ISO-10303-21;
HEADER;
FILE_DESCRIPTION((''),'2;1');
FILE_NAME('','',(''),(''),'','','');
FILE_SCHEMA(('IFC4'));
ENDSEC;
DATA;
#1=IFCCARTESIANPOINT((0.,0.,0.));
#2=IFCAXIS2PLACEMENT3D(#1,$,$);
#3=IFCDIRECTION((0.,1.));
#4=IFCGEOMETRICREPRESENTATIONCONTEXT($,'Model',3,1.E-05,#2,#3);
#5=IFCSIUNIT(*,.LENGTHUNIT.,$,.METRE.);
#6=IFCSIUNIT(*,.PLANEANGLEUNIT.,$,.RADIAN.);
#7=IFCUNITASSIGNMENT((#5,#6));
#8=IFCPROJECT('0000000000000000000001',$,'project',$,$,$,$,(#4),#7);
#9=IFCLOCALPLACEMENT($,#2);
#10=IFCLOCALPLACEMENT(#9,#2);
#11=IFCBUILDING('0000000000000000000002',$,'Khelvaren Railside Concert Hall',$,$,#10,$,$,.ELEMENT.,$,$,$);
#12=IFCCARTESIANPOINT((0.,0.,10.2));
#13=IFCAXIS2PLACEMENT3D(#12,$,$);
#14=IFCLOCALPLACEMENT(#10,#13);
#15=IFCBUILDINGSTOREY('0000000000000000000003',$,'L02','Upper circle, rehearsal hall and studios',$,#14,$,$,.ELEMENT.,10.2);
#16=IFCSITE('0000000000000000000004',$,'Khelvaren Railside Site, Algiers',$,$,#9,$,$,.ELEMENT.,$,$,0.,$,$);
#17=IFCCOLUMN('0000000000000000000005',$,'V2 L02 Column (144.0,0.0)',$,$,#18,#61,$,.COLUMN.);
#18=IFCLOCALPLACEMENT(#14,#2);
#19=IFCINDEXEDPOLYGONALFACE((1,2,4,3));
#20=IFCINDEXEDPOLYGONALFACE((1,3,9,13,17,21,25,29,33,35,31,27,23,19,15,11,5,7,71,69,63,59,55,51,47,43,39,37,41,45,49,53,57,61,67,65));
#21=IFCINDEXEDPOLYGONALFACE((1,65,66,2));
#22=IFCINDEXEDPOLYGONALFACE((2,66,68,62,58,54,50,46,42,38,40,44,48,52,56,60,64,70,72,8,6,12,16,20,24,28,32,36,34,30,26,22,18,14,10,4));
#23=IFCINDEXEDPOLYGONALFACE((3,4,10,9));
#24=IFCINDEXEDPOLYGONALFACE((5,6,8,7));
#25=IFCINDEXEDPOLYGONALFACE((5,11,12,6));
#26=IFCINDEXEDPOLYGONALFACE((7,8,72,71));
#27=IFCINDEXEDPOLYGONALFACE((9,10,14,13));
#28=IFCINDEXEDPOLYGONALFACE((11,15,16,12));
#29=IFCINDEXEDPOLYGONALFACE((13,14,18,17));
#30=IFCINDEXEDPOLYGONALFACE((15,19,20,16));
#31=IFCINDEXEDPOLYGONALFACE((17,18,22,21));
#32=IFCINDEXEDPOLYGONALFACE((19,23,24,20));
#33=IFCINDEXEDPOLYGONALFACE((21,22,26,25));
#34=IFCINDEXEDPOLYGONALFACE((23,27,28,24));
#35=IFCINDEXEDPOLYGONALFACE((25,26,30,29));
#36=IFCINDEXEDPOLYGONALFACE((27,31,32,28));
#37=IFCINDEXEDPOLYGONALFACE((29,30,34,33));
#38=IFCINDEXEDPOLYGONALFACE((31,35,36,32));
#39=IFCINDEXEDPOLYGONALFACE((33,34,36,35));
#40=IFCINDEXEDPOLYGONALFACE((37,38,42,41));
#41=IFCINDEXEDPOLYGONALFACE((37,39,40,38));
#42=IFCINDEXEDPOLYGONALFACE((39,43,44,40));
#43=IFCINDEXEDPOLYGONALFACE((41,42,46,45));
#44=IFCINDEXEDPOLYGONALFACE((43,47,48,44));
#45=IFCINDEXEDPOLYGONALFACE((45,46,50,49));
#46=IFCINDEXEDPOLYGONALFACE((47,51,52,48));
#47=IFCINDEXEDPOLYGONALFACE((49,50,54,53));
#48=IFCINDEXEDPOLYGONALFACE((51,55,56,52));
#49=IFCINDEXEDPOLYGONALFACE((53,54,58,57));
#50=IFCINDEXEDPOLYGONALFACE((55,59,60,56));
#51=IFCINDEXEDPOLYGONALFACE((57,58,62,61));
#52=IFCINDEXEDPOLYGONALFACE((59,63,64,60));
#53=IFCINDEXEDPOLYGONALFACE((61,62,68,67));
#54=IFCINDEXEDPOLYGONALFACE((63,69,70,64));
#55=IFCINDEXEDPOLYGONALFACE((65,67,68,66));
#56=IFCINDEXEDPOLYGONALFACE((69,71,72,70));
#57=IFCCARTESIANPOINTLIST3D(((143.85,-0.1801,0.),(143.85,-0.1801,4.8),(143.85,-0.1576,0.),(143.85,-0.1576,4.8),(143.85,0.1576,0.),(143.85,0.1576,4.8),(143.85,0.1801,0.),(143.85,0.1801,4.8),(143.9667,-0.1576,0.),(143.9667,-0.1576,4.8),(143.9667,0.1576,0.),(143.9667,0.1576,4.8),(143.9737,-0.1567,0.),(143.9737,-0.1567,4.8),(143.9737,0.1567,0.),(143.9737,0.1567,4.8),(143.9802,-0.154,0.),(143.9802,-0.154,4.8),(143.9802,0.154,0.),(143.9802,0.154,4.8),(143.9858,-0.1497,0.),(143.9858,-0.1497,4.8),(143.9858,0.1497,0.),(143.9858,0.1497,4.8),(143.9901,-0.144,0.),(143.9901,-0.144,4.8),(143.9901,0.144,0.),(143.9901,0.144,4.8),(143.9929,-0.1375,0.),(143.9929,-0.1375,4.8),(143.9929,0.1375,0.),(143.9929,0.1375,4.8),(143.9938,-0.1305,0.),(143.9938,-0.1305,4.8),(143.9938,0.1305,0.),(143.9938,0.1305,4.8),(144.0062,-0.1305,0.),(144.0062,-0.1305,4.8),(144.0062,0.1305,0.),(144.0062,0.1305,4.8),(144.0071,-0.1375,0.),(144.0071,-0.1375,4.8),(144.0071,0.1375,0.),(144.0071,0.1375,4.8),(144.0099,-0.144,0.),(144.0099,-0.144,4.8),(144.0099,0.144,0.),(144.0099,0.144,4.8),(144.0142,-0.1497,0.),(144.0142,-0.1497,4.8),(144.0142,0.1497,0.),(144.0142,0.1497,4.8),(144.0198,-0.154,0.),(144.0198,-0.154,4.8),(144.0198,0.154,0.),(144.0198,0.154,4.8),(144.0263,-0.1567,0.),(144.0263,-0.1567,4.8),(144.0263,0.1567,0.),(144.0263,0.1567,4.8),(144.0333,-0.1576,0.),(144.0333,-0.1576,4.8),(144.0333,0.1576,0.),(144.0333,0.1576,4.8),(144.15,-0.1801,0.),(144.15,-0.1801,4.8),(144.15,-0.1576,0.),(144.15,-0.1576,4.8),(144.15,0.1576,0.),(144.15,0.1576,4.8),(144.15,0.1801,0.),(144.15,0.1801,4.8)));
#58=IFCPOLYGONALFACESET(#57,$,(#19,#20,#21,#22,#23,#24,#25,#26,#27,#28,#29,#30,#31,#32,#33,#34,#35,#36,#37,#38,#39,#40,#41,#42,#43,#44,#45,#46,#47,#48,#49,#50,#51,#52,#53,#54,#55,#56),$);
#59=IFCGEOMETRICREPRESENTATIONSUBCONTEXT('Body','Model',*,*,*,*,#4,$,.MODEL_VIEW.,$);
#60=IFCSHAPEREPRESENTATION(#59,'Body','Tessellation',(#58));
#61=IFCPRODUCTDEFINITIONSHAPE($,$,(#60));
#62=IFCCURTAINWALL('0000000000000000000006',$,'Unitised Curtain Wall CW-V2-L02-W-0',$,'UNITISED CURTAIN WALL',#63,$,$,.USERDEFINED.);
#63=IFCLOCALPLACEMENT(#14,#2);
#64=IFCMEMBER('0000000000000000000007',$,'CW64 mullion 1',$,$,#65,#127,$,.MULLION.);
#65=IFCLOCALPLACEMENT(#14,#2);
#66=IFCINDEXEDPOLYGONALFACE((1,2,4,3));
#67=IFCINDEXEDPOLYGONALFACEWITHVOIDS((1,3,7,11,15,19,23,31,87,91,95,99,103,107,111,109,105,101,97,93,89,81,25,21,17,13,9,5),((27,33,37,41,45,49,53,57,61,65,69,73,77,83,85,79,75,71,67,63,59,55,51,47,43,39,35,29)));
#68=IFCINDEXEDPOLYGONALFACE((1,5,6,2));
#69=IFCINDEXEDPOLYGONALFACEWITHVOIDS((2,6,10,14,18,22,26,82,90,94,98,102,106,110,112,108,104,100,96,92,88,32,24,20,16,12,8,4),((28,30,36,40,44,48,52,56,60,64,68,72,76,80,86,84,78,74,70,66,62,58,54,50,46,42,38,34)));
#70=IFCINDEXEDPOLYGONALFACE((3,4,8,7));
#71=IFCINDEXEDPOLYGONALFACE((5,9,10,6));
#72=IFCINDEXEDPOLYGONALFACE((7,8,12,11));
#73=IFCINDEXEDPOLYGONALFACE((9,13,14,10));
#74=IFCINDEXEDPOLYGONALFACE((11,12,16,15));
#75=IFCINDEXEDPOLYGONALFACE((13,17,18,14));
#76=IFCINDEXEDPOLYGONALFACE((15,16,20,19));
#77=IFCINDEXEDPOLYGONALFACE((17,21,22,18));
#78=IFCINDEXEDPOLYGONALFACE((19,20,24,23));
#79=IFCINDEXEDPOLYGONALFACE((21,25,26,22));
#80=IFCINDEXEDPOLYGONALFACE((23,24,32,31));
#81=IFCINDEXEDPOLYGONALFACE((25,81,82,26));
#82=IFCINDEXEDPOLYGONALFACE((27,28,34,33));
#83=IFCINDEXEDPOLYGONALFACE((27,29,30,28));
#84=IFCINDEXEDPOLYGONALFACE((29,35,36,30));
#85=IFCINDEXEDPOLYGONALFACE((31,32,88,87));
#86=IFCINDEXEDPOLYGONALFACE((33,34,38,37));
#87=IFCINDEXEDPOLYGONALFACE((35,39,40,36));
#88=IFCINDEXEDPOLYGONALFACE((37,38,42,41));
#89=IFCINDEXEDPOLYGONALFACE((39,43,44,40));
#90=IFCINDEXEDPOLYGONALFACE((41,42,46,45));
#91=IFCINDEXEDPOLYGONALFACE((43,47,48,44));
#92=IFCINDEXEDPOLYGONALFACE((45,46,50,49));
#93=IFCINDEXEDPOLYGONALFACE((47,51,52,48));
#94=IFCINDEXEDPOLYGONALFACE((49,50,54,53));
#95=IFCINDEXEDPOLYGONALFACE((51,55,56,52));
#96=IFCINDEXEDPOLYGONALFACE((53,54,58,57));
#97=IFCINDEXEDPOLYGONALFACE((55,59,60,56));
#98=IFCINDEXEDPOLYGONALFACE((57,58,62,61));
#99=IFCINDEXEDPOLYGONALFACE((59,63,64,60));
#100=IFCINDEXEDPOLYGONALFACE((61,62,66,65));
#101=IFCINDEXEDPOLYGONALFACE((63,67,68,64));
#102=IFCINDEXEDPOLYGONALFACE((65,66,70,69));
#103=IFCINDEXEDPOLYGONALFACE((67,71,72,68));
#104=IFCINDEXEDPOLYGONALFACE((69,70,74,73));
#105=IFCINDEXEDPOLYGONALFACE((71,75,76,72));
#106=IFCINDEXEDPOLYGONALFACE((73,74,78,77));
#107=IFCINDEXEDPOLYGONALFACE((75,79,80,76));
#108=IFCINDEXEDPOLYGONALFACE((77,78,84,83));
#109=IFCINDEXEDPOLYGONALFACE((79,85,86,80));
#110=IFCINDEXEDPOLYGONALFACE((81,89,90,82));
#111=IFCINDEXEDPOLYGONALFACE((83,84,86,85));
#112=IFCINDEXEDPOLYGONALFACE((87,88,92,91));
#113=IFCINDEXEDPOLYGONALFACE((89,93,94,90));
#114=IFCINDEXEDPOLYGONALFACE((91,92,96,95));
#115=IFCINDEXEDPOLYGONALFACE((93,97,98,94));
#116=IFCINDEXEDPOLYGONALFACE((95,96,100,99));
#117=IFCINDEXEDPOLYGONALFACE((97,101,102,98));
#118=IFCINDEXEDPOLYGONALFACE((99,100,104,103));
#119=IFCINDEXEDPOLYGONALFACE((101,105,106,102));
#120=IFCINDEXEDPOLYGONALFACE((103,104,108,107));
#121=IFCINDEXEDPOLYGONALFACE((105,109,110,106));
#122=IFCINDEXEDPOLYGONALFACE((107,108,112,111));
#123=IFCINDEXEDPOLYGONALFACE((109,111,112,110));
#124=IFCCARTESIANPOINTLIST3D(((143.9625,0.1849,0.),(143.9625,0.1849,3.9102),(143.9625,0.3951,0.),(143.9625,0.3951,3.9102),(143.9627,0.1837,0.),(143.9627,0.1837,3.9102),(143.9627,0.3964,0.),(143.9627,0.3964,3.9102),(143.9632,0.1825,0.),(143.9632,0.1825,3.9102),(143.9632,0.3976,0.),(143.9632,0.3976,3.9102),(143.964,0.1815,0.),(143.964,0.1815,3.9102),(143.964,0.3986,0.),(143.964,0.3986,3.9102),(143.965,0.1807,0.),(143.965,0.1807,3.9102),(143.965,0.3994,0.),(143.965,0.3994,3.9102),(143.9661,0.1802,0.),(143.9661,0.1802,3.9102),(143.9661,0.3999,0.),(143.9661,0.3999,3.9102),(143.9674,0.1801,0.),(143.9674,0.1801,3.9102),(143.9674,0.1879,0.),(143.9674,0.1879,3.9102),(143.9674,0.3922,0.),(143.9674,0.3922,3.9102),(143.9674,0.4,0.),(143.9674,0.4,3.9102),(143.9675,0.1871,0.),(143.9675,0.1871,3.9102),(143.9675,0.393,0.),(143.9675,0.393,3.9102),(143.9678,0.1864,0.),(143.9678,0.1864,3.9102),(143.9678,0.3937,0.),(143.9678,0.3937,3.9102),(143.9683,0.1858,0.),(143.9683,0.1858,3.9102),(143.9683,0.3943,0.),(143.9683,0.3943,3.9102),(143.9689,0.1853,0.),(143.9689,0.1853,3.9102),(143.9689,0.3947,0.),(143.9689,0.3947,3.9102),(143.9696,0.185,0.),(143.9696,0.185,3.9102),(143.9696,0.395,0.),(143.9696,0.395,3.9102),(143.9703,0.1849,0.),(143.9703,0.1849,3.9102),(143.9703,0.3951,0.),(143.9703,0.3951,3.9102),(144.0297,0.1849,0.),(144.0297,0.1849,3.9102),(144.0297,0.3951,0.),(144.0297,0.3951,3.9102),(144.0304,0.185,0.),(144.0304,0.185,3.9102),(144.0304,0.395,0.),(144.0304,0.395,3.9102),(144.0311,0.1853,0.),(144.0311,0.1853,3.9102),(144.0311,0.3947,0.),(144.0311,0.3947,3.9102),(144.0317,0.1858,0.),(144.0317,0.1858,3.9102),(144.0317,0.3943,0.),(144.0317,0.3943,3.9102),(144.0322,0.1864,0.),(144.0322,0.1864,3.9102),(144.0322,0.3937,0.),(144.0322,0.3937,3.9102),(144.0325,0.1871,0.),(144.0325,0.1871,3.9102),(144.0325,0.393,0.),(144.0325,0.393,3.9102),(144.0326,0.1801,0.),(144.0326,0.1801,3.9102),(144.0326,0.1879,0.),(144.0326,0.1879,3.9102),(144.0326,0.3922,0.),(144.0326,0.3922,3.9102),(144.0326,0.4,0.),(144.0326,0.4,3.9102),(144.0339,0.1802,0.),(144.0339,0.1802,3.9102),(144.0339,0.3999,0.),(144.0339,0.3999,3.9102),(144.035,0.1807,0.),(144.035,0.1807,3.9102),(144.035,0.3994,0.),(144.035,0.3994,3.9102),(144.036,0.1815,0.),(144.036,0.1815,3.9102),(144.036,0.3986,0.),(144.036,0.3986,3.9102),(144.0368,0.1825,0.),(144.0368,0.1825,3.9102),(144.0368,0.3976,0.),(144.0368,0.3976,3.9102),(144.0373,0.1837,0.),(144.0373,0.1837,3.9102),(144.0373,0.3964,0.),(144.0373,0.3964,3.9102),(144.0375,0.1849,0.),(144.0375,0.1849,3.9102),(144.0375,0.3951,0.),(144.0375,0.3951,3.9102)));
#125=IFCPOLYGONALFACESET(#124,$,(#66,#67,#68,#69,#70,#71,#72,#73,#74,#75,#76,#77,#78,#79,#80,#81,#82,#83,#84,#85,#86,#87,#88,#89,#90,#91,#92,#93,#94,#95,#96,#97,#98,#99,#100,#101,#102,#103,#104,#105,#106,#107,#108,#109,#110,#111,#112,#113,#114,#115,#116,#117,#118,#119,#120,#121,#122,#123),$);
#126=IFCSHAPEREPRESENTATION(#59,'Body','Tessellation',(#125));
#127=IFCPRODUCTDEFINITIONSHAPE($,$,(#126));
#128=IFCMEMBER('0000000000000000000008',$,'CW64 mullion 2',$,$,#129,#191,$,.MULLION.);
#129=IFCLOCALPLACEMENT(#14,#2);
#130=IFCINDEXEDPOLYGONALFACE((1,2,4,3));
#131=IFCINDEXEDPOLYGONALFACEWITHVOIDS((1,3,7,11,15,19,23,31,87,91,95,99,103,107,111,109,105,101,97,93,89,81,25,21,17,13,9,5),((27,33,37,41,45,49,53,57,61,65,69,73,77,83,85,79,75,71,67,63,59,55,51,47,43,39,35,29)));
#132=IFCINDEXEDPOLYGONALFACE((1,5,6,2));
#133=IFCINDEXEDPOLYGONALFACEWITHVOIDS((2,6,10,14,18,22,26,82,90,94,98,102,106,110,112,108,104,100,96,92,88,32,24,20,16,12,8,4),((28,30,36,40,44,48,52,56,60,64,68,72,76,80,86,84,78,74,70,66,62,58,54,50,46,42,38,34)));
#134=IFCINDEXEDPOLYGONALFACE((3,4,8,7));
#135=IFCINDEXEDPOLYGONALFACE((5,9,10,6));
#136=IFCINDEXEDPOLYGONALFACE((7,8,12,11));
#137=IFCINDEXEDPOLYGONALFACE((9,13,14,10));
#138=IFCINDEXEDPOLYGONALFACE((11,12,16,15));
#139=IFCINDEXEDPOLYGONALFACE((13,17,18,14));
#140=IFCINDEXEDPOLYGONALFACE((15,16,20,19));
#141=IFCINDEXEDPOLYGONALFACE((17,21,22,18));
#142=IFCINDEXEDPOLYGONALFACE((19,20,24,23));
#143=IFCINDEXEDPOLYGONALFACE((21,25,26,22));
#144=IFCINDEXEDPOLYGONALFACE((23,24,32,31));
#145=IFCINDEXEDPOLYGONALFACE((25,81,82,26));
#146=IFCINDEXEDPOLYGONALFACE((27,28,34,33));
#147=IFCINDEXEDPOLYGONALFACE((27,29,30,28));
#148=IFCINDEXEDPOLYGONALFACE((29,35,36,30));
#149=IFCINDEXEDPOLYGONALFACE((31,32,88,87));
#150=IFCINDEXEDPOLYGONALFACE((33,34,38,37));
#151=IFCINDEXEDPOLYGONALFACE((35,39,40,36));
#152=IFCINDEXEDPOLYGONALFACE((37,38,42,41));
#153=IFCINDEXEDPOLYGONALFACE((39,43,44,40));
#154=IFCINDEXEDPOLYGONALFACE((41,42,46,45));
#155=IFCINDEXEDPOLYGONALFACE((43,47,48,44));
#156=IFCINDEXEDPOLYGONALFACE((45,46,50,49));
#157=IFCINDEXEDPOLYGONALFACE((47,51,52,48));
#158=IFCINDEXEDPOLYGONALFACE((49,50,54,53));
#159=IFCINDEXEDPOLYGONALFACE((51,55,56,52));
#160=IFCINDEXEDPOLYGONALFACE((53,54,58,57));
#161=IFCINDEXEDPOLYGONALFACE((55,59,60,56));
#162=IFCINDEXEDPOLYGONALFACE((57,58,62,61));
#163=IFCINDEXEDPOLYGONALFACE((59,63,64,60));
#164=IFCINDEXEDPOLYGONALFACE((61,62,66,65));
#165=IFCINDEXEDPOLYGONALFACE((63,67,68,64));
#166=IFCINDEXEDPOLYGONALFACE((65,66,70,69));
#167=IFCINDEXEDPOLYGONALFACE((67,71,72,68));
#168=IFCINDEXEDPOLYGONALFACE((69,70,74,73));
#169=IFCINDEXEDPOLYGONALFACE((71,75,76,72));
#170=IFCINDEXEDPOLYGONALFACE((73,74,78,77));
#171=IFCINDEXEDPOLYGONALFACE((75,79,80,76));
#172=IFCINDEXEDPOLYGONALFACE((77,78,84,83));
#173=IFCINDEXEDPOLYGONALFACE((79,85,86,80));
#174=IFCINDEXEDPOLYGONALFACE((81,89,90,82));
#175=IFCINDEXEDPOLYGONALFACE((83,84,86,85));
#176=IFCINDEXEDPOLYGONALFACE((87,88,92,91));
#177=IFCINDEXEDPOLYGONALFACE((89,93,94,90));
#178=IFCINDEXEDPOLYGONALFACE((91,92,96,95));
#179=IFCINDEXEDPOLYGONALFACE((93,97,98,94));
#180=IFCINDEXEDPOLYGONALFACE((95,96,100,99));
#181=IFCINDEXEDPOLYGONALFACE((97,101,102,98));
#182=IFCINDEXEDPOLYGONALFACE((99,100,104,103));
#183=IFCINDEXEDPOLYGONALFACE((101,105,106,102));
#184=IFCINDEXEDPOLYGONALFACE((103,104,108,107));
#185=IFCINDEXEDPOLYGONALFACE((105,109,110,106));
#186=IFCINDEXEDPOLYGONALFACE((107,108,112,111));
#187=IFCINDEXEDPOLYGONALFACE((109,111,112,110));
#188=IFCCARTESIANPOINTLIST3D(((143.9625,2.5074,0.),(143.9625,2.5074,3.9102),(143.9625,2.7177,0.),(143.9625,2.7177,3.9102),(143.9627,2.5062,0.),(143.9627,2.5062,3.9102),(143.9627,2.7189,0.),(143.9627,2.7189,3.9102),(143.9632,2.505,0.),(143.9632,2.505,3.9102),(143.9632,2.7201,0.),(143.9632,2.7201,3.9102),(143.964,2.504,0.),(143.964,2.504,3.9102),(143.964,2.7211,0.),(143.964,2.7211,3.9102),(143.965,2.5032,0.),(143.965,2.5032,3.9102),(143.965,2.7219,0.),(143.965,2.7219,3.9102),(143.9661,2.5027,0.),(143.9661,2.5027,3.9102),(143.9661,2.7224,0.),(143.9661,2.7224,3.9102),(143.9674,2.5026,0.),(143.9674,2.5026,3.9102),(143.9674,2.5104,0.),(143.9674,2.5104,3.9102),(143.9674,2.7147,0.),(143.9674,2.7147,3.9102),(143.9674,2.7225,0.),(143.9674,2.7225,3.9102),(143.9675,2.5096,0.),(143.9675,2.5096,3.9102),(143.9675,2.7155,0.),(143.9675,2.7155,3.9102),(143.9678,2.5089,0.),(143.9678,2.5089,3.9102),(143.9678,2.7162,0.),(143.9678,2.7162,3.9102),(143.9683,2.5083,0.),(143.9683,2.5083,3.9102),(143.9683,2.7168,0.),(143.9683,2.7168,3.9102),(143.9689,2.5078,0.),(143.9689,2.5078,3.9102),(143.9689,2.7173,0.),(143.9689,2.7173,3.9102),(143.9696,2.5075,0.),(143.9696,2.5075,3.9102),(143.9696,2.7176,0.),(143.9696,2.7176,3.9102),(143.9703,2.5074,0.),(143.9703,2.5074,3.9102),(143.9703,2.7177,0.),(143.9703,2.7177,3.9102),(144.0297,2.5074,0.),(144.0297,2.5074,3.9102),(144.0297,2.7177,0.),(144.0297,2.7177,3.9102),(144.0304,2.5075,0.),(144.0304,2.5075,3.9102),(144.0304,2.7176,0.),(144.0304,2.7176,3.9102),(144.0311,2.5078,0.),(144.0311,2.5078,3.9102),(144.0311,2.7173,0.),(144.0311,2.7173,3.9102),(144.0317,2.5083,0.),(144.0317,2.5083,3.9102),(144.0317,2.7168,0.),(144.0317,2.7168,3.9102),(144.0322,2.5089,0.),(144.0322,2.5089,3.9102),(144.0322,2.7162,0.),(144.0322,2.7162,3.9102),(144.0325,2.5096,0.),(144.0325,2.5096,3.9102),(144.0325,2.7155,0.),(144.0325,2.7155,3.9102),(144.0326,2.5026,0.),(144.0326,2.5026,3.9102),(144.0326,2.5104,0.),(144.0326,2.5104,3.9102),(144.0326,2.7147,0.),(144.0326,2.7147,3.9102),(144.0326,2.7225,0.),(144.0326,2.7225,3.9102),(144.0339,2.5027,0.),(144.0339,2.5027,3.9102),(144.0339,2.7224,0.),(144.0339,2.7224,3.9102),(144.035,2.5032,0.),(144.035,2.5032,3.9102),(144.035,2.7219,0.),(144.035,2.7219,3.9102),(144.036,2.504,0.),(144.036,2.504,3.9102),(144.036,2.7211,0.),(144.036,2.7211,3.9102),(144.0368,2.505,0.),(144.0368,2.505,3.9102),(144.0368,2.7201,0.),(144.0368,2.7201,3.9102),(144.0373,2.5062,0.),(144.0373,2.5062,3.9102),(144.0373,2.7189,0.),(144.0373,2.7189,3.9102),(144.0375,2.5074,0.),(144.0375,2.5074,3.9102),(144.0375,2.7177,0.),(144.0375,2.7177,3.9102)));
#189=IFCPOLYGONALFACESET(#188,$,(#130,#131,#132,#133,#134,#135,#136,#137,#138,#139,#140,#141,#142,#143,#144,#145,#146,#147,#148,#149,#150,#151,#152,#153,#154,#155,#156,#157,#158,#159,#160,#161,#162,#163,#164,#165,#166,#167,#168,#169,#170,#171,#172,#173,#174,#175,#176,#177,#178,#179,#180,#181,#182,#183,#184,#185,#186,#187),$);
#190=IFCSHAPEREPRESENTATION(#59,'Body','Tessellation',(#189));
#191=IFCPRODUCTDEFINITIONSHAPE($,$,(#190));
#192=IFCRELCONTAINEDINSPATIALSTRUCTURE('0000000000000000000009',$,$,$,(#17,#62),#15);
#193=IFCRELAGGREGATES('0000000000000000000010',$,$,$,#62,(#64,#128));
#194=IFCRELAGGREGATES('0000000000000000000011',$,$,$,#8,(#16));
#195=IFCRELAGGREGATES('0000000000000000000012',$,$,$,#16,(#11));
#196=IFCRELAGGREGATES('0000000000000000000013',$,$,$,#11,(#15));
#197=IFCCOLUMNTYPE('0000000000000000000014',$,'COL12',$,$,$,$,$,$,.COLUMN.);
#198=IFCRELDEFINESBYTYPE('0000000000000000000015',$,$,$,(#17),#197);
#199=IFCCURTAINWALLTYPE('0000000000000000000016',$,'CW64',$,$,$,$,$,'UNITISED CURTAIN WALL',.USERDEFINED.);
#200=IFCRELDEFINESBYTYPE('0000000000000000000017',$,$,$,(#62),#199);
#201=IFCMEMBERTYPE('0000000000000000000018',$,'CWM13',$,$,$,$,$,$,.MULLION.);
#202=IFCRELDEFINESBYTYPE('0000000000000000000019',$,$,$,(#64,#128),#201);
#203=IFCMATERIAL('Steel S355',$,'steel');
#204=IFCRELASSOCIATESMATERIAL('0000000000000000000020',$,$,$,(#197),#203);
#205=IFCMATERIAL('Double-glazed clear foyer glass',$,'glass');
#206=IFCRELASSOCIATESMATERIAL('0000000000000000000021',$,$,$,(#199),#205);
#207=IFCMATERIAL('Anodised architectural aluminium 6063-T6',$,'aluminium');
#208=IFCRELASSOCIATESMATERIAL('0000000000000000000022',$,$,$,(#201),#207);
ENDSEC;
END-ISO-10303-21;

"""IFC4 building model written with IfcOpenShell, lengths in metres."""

from ifc_helpers import new_model, si_unit, direction, frame, origin, origin_2d, place, context, subcontext, project, spatial, hollow_rectangle, i_section, extrude, material, material_profile, profile_set, type_object, element, aggregate, save


model = new_model("IFC4")

# Units and contexts
model_context = context("Model", 3, precision=1e-05, world=origin(), true_north=direction((0.0, 1.0)))
body_context = subcontext(model_context, "Body", "Model", "MODEL_VIEW")
ifc_project = project(units=[si_unit("LENGTHUNIT", "METRE"), si_unit("PLANEANGLEUNIT", "RADIAN")], contexts=[model_context])

# Site, building, storey
site_placement = place(None, origin())
site = spatial("IfcSite", under=ifc_project, at=site_placement, Name="Khelvaren Railside Site, Algiers", CompositionType="ELEMENT", RefElevation=0.0)
building_placement = place(site_placement, origin())
building = spatial("IfcBuilding", under=site, at=building_placement, Name="Khelvaren Railside Concert Hall", CompositionType="ELEMENT")
storey_placement = place(building_placement, frame((0.0, 0.0, 10.2)))
storey = spatial("IfcBuildingStorey", under=building, at=storey_placement, Name="L02", Description="Upper circle, rehearsal hall and studios", CompositionType="ELEMENT", Elevation=10.2)

# Column
ifc_material_1 = material(Name="Steel S355", Category="steel")
ifc_material_profile_1 = material_profile(ifc_material_1, i_section(OverallWidth=0.3, OverallDepth=0.3601, WebThickness=0.0125, FlangeThickness=0.0225, FilletRadius=0.0271, at=origin_2d()), Name="HEB 360")
ifc_profile_set_1 = profile_set([ifc_material_profile_1], Name="Steel S355")
column_type = type_object("IfcColumnType", Name="COL12", PredefinedType="COLUMN", material=ifc_profile_set_1)
column_placement = place(storey_placement, frame((144.0, 0.0, 0.0), z_axis=(0.0, 0.0, 1.0), x_axis=(1.0, 0.0, 0.0)))
element("IfcColumn", 1, at=column_placement, inside=storey, type_object=column_type, Name="V2 L02 Column (144.0,0.0)", PredefinedType="COLUMN", context=body_context, shape_type="SweptSolid", body=[
    extrude(i_section(OverallWidth=0.3, OverallDepth=0.3601, WebThickness=0.0125, FlangeThickness=0.0225, FilletRadius=0.0271, at=origin_2d()), origin(), (0.0, 0.0, 1.0), 4.8),
])

# Curtain wall, members
ifc_material_2 = material(Name="Double-glazed clear foyer glass", Category="glass")
curtain_wall_type = type_object("IfcCurtainWallType", Name="CW64", ElementType="UNITISED CURTAIN WALL", PredefinedType="USERDEFINED", material=ifc_material_2)
curtain_wall_placement = place(storey_placement, origin())
curtain_wall = element("IfcCurtainWall", 2, at=curtain_wall_placement, inside=storey, type_object=curtain_wall_type, Name="Unitised Curtain Wall CW-V2-L02-W-0", ObjectType="UNITISED CURTAIN WALL", PredefinedType="USERDEFINED")
ifc_material_3 = material(Name="Anodised architectural aluminium 6063-T6", Category="aluminium")
ifc_material_profile_2 = material_profile(ifc_material_3, hollow_rectangle(XDim=0.075, YDim=0.22, WallThickness=0.0049, InnerFilletRadius=0.0029, OuterFilletRadius=0.0049, at=origin_2d()), Name="CWM 75x220x5")
ifc_profile_set_2 = profile_set([ifc_material_profile_2], Name="Anodised architectural aluminium 6063-T6")
member_type_1 = type_object("IfcMemberType", Name="CWM13", PredefinedType="MULLION", material=ifc_profile_set_2)
member_1_placement = place(storey_placement, frame((144.0, 0.29, 0.0), z_axis=(0.0, 0.0, 1.0), x_axis=(-1.0, 0.0, 0.0)))
member_1 = element("IfcMember", 3, at=member_1_placement, type_object=member_type_1, Name="CW64 mullion 1", PredefinedType="MULLION", context=body_context, shape_type="SweptSolid", body=[
    extrude(hollow_rectangle(XDim=0.075, YDim=0.22, WallThickness=0.0049, InnerFilletRadius=0.0029, OuterFilletRadius=0.0049, at=origin_2d()), origin(), (0.0, 0.0, 1.0), 3.9102),
])
member_2_placement = place(storey_placement, frame((144.0, 2.6125, 0.0), z_axis=(0.0, 0.0, 1.0), x_axis=(-1.0, 0.0, 0.0)))
member_2 = element("IfcMember", 4, at=member_2_placement, type_object=member_type_1, Name="CW64 mullion 2", PredefinedType="MULLION", context=body_context, shape_type="SweptSolid", body=[
    extrude(hollow_rectangle(XDim=0.075, YDim=0.22, WallThickness=0.0049, InnerFilletRadius=0.0029, OuterFilletRadius=0.0049, at=origin_2d()), origin(), (0.0, 0.0, 1.0), 3.9102),
])

aggregate(curtain_wall, [member_1, member_2])

save(model, "model.ifc")
